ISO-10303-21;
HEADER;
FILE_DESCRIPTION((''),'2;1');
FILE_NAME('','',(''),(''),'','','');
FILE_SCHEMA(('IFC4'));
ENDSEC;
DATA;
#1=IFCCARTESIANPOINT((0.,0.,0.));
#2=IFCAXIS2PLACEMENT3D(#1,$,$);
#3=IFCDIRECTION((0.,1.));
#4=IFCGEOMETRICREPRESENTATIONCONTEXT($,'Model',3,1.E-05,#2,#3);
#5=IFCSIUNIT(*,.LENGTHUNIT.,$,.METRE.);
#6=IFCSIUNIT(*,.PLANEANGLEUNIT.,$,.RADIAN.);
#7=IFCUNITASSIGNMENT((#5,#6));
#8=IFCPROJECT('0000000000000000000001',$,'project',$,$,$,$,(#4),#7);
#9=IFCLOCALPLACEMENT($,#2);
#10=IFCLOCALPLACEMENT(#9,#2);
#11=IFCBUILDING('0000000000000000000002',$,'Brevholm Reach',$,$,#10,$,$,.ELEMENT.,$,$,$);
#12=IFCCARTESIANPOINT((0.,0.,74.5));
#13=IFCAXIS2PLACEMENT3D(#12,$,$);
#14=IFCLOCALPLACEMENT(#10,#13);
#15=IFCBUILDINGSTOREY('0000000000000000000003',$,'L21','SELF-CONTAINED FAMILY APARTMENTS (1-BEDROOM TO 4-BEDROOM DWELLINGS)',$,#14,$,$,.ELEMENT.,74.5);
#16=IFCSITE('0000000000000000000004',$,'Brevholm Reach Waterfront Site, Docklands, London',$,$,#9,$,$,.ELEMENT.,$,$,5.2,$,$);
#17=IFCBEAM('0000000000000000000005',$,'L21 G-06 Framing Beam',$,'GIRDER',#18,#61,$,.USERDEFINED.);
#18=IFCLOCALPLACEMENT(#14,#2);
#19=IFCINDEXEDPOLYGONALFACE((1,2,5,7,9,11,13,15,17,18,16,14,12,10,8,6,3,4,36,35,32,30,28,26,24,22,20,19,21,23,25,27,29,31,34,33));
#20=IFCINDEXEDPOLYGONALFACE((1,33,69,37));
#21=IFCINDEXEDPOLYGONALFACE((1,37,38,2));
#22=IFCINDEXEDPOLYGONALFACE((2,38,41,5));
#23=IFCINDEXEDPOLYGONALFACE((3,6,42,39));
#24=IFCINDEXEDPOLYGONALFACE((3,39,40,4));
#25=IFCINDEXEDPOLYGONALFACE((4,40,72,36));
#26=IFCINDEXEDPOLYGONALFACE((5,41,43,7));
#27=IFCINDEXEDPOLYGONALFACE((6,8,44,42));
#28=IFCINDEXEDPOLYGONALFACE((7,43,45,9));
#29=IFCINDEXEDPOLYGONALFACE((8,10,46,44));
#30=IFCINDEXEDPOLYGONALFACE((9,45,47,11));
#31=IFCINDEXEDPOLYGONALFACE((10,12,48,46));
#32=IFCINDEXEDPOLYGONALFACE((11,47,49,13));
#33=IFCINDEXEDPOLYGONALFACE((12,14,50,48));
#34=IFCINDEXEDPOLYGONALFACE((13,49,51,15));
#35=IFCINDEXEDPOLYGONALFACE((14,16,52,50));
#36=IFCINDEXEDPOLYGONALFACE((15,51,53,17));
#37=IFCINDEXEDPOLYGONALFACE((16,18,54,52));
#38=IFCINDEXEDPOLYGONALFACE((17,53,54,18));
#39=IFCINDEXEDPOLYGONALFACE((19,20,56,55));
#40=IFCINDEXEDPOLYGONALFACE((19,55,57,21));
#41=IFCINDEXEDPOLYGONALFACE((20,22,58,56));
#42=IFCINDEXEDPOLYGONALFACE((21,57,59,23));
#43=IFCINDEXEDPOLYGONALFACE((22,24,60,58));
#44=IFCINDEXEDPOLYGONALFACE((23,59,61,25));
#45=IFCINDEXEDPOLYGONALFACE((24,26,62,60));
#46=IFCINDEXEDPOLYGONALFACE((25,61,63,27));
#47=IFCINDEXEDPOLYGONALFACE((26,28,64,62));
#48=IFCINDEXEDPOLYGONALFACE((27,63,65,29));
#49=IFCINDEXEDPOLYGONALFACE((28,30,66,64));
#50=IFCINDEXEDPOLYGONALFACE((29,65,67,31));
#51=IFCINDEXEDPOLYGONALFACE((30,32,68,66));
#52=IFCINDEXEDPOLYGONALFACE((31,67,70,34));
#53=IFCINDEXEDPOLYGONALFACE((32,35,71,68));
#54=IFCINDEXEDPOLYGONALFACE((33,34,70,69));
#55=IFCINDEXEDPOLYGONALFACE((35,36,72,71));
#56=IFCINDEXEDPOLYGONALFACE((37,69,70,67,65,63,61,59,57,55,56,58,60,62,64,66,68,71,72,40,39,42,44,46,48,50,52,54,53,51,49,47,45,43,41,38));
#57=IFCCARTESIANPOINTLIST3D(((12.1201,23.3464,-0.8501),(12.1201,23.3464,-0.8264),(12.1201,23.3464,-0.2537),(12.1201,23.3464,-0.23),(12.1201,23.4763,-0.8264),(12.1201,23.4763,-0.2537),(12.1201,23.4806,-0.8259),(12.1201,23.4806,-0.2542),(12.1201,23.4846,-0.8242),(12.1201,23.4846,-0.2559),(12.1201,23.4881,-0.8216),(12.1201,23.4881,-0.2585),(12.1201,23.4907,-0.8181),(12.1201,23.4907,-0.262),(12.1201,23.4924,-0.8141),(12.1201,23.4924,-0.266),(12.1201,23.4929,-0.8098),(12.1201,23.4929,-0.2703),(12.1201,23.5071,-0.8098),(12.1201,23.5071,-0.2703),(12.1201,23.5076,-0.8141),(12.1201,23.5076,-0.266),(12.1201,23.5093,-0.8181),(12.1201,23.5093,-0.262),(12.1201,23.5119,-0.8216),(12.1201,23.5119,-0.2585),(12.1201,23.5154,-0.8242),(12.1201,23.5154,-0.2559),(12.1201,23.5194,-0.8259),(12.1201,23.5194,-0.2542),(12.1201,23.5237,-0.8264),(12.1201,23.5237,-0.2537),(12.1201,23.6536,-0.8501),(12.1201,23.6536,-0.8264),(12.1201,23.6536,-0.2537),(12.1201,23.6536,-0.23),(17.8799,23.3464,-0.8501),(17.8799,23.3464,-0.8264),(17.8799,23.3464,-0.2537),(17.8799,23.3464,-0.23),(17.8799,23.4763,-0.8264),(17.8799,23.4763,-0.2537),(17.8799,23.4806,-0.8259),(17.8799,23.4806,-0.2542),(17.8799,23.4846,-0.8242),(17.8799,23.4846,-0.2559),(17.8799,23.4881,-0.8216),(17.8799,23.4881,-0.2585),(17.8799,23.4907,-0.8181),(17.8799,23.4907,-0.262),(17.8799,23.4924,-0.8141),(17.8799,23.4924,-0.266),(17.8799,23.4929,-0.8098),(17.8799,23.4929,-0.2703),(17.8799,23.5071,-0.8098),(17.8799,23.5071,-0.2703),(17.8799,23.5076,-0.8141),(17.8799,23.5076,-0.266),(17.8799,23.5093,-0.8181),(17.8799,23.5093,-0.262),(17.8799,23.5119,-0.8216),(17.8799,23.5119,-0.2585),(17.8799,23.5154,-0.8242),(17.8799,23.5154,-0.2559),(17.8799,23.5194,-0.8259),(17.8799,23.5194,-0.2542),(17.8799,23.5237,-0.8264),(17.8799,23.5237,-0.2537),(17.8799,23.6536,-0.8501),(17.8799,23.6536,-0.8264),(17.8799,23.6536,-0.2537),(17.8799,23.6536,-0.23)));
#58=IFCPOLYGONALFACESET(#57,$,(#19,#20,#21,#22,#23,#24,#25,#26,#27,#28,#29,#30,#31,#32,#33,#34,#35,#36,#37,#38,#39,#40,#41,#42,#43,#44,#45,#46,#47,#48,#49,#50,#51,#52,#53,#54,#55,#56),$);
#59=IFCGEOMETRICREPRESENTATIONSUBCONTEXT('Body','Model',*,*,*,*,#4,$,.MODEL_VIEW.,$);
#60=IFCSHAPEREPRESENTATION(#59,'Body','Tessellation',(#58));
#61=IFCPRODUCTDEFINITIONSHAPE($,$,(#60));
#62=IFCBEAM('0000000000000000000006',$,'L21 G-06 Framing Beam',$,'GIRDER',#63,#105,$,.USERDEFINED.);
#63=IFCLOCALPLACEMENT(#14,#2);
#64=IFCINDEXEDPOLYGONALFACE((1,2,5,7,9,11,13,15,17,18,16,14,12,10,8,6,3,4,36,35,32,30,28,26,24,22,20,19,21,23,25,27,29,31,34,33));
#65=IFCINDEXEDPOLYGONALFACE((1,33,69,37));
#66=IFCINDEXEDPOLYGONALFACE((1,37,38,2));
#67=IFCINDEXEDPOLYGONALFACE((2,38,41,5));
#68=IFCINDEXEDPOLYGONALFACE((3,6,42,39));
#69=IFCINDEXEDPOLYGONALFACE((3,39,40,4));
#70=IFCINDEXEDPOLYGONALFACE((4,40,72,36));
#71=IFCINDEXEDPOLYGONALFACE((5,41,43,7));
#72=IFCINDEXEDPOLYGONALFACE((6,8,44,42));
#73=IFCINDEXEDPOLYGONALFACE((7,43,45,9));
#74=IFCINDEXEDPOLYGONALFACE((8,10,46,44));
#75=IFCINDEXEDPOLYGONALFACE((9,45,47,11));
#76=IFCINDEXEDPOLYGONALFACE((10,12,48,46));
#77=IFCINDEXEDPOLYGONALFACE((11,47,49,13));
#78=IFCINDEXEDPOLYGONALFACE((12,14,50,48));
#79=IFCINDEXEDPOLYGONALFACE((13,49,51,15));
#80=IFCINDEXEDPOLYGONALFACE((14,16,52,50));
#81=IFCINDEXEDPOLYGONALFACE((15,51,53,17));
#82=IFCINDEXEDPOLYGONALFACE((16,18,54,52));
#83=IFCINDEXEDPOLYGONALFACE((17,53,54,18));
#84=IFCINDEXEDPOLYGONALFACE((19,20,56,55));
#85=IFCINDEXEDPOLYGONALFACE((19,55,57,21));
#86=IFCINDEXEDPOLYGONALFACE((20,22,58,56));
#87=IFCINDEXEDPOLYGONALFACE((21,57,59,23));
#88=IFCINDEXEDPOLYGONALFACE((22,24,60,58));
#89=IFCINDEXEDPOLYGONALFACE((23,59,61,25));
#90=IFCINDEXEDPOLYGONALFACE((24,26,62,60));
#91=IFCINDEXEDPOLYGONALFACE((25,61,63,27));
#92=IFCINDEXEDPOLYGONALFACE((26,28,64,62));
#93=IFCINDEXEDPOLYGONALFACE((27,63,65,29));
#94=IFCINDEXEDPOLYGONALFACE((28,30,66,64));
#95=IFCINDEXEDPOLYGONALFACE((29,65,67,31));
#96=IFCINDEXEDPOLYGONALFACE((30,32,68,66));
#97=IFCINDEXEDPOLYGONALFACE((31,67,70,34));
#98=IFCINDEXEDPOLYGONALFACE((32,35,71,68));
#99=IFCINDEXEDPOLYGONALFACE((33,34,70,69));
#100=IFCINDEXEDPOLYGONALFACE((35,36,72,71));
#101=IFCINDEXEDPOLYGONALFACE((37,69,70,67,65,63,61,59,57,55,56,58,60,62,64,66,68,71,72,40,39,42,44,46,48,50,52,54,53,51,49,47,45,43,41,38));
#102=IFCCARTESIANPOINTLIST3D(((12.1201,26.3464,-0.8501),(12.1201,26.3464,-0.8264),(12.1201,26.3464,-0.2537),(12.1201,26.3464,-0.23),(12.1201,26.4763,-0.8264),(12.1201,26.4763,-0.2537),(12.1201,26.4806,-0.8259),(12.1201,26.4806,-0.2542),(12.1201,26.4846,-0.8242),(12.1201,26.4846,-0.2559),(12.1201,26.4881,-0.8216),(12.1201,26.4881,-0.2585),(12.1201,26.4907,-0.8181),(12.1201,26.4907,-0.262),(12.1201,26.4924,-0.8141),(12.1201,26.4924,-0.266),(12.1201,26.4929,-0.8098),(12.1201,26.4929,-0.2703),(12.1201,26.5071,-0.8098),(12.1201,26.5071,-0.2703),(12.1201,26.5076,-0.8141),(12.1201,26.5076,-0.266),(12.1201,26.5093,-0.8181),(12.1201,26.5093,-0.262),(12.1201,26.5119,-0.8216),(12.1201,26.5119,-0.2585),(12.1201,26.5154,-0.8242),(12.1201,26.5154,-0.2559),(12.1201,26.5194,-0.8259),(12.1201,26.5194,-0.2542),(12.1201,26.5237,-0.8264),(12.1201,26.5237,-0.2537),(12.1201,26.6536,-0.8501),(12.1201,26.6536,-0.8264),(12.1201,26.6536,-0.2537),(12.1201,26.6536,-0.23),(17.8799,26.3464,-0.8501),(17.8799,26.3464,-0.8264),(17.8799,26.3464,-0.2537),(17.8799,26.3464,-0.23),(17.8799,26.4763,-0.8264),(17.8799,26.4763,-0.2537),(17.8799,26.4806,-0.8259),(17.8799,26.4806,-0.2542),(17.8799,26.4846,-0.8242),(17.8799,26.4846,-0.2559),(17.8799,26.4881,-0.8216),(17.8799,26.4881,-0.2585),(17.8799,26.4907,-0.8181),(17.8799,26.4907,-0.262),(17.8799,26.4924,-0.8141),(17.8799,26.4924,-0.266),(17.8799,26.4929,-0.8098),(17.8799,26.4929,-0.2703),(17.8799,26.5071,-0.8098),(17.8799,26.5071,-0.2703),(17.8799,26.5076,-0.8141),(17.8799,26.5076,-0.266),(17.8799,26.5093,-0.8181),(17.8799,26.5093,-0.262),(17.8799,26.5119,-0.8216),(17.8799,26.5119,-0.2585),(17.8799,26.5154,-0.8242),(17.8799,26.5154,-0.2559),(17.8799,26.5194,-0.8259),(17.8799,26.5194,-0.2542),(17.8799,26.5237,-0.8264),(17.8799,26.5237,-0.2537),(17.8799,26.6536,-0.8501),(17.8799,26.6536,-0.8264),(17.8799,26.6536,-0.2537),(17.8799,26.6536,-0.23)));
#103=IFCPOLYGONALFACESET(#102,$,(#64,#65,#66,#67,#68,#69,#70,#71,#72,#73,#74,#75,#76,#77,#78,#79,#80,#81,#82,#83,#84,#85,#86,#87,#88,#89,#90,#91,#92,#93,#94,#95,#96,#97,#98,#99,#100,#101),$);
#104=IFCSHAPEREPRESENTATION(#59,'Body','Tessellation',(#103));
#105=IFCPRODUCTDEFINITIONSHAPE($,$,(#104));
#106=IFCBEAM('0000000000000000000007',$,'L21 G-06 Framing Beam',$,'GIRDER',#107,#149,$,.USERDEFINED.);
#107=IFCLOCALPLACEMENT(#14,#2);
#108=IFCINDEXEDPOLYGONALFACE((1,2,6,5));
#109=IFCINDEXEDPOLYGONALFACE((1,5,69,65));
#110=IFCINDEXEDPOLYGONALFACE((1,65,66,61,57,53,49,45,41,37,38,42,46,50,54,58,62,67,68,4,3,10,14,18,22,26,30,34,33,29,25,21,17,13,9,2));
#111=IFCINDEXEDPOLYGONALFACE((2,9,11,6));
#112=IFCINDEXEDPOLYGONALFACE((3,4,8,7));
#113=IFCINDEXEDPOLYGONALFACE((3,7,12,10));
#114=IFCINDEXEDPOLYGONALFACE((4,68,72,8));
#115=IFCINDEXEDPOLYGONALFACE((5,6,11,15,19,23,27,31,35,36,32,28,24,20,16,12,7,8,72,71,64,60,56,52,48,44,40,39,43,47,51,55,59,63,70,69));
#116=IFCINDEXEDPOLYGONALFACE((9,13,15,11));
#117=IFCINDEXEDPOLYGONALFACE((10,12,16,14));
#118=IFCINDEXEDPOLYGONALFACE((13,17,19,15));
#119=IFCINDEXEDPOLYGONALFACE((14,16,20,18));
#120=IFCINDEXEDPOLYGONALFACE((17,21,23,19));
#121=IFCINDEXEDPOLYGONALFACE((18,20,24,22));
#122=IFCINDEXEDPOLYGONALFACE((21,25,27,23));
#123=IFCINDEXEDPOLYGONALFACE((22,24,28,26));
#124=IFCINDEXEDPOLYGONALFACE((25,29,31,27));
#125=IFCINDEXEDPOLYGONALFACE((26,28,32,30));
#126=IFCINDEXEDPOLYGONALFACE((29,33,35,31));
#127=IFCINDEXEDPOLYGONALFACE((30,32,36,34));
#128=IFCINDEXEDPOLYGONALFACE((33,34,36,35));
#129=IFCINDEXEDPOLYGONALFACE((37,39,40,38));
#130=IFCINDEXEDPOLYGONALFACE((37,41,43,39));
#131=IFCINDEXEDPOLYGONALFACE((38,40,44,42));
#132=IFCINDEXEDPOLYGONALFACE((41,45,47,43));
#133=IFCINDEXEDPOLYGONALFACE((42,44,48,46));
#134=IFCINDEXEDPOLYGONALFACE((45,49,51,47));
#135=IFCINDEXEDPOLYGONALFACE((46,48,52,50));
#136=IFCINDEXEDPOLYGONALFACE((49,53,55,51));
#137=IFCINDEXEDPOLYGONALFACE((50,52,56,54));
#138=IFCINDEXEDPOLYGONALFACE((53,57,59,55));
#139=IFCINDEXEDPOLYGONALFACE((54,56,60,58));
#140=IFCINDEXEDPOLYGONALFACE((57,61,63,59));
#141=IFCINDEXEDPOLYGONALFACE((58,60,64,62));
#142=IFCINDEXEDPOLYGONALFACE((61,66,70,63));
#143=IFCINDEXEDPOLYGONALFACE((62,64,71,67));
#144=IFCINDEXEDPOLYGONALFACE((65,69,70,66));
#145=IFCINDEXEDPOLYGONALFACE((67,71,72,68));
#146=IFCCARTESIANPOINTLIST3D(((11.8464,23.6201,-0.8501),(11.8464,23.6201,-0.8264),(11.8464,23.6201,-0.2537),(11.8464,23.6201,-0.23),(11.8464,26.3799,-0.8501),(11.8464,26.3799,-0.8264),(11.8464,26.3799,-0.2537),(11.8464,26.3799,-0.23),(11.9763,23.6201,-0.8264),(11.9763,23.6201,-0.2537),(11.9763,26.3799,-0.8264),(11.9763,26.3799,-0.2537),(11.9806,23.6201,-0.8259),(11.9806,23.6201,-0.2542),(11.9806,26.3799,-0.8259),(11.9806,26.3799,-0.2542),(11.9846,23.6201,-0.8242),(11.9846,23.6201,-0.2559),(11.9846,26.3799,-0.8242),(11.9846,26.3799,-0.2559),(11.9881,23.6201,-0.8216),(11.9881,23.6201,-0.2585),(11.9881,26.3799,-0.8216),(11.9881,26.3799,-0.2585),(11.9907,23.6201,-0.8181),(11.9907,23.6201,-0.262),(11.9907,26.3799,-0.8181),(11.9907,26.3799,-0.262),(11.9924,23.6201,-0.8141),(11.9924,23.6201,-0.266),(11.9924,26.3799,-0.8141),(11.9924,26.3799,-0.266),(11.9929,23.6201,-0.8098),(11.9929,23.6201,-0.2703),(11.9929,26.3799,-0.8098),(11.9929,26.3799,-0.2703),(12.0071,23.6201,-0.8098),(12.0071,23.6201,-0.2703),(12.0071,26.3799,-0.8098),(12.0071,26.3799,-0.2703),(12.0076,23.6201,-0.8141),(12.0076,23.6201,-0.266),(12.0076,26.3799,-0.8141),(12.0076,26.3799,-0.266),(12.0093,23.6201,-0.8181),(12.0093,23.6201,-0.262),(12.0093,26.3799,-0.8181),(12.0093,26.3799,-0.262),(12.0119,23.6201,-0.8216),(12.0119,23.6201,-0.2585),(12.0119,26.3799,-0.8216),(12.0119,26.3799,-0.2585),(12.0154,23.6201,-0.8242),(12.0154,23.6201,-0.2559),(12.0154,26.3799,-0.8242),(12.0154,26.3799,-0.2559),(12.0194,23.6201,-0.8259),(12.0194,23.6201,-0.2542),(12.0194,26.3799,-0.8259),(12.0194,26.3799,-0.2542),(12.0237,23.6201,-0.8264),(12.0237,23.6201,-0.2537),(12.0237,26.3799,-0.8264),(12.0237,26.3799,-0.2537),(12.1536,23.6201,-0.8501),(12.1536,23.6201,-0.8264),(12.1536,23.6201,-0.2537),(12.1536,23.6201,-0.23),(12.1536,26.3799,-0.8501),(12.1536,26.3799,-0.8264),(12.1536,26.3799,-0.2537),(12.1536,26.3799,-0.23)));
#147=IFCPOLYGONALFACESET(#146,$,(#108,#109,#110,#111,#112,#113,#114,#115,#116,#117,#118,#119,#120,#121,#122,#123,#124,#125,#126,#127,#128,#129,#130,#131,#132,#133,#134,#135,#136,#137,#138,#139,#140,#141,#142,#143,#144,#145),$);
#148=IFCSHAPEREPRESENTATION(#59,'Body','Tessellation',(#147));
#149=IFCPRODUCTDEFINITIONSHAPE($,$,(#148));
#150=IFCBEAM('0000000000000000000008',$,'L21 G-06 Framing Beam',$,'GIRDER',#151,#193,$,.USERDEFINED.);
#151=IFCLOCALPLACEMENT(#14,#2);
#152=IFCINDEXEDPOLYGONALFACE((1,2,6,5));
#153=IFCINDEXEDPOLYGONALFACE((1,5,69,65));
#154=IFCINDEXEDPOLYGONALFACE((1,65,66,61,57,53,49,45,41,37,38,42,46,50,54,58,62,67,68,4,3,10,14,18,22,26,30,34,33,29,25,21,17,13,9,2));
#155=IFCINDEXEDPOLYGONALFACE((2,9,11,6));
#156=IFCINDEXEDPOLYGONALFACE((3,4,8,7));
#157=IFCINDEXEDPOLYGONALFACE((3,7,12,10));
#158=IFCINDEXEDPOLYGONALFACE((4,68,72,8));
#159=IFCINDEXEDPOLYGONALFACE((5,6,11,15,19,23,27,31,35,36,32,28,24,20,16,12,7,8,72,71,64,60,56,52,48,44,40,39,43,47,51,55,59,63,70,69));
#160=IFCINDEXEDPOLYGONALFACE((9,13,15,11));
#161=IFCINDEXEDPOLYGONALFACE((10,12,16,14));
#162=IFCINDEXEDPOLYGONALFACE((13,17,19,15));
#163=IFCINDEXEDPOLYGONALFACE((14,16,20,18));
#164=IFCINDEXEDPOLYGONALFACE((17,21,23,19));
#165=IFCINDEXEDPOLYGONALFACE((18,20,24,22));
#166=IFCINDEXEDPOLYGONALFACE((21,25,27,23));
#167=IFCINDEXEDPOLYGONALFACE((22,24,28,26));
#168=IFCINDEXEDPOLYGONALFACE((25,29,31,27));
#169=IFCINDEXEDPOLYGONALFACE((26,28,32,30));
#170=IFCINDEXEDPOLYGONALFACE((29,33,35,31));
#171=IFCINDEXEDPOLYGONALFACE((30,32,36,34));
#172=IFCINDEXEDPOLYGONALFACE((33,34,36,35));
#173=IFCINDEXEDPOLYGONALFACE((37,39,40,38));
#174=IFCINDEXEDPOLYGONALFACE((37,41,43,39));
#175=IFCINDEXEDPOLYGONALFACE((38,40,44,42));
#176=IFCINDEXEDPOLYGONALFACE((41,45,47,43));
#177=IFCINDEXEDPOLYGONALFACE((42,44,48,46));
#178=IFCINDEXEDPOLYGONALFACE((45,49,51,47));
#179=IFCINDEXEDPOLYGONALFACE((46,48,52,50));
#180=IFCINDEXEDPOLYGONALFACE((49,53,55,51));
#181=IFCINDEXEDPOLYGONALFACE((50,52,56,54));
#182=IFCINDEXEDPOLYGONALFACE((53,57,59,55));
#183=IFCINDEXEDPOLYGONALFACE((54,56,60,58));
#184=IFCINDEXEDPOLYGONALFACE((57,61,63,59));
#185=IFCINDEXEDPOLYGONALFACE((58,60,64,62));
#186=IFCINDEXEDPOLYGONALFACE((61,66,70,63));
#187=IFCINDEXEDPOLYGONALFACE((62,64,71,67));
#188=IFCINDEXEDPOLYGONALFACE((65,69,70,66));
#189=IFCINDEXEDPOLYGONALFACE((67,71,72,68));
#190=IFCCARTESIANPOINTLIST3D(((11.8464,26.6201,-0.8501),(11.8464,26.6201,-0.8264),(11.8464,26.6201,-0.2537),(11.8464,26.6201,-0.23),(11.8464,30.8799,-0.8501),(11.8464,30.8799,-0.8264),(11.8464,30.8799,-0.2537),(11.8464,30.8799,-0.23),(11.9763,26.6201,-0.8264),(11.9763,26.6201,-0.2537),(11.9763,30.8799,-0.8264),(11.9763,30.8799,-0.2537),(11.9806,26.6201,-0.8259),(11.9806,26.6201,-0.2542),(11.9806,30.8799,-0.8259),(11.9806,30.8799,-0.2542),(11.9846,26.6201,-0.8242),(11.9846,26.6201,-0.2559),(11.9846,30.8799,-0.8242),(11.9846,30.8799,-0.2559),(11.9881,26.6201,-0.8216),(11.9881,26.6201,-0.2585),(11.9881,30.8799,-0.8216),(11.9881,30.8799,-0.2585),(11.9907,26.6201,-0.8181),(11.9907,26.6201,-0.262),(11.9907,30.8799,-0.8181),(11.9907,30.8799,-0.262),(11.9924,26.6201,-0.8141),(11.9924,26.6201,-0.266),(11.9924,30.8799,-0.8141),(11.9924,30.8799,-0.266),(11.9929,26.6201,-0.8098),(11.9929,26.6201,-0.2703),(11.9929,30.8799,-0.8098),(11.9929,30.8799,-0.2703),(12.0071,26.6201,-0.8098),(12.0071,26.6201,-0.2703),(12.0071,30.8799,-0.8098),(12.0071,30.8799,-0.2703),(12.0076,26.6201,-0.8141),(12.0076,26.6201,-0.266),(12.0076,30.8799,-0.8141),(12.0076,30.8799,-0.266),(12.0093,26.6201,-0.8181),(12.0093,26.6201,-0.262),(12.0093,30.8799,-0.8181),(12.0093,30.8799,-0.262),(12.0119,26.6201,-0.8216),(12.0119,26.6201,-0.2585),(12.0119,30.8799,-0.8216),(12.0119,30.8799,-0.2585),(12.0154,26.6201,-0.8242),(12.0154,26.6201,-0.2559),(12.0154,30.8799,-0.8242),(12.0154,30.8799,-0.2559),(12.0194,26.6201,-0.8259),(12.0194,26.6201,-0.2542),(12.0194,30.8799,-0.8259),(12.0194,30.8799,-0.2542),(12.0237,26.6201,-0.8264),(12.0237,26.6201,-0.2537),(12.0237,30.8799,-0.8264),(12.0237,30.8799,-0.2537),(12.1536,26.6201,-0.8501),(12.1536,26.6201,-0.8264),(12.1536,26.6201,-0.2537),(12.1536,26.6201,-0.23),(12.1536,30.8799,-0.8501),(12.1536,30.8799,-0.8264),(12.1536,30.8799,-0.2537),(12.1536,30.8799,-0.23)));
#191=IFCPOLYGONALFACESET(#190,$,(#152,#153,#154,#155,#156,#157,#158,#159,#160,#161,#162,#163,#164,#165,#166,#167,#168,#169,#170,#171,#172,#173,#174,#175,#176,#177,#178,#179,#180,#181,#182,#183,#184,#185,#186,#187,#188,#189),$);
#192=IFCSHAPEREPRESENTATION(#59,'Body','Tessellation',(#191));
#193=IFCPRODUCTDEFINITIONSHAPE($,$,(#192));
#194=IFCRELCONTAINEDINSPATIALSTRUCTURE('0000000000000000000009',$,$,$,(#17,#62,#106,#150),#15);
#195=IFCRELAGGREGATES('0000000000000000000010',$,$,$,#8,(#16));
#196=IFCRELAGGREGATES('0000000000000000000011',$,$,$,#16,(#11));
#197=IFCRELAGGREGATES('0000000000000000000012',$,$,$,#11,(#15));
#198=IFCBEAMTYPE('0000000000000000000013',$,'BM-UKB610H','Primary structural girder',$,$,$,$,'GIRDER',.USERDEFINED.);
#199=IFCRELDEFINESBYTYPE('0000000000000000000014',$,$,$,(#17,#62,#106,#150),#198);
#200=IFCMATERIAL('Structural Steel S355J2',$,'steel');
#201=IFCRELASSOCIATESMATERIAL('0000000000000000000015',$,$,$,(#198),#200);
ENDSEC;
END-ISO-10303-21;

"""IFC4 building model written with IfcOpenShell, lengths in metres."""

from ifc_helpers import new_model, si_unit, direction, frame, origin, origin_2d, place, context, subcontext, project, spatial, i_section, extrude, material, material_profile, profile_set, type_object, element, save


model = new_model("IFC4")

# Units and contexts
model_context = context("Model", 3, precision=1e-05, world=origin(), true_north=direction((0.0, 1.0)))
body_context = subcontext(model_context, "Body", "Model", "MODEL_VIEW")
ifc_project = project(units=[si_unit("LENGTHUNIT", "METRE"), si_unit("PLANEANGLEUNIT", "RADIAN")], contexts=[model_context])

# Site, building, storey
site_placement = place(None, origin())
site = spatial("IfcSite", under=ifc_project, at=site_placement, Name="Brevholm Reach Waterfront Site, Docklands, London", CompositionType="ELEMENT", RefElevation=5.2)
building_placement = place(site_placement, origin())
building = spatial("IfcBuilding", under=site, at=building_placement, Name="Brevholm Reach", CompositionType="ELEMENT")
storey_placement = place(building_placement, frame((0.0, 0.0, 74.5)))
storey = spatial("IfcBuildingStorey", under=building, at=storey_placement, Name="L21", Description="SELF-CONTAINED FAMILY APARTMENTS (1-BEDROOM TO 4-BEDROOM DWELLINGS)", CompositionType="ELEMENT", Elevation=74.5)

# Beams
ifc_material_1 = material(Name="Structural Steel S355J2", Category="steel")
ifc_material_profile_1 = material_profile(ifc_material_1, i_section(OverallWidth=0.3071, OverallDepth=0.6201, WebThickness=0.0142, FlangeThickness=0.0237, FilletRadius=0.0166, at=origin_2d()), Name="UKB 610x305x179")
ifc_profile_set_1 = profile_set([ifc_material_profile_1], Name="Structural Steel S355J2")
beam_type_1 = type_object("IfcBeamType", Name="BM-UKB610H", Description="Primary structural girder", ElementType="GIRDER", PredefinedType="USERDEFINED", material=ifc_profile_set_1)
for number, where, z_axis, x_axis, name in (
    (1, (12.1201, 23.5, -0.54), (1.0, 0.0, 0.0), (0.0, 1.0, 0.0), "L21 G-06 Framing Beam"),
    (2, (12.1201, 26.5, -0.54), (1.0, 0.0, 0.0), (0.0, 1.0, 0.0), "L21 G-06 Framing Beam"),
):
    element("IfcBeam", number, at=place(storey_placement, frame(where, z_axis=z_axis, x_axis=x_axis)), inside=storey, type_object=beam_type_1, Name=name, ObjectType="GIRDER", PredefinedType="USERDEFINED", context=body_context, shape_type="SweptSolid", body=[
        extrude(i_section(OverallWidth=0.3071, OverallDepth=0.6201, WebThickness=0.0142, FlangeThickness=0.0237, FilletRadius=0.0166, at=origin_2d()), origin(), (0.0, 0.0, 1.0), 5.7598),
    ])
beam_1_placement = place(storey_placement, frame((12.0, 23.6201, -0.54), z_axis=(0.0, 1.0, 0.0), x_axis=(-1.0, 0.0, 0.0)))
element("IfcBeam", 3, at=beam_1_placement, inside=storey, type_object=beam_type_1, Name="L21 G-06 Framing Beam", ObjectType="GIRDER", PredefinedType="USERDEFINED", context=body_context, shape_type="SweptSolid", body=[
    extrude(i_section(OverallWidth=0.3071, OverallDepth=0.6201, WebThickness=0.0142, FlangeThickness=0.0237, FilletRadius=0.0166, at=origin_2d()), origin(), (0.0, 0.0, 1.0), 2.7598),
])
beam_2_placement = place(storey_placement, frame((12.0, 26.6201, -0.54), z_axis=(0.0, 1.0, 0.0), x_axis=(-1.0, 0.0, 0.0)))
element("IfcBeam", 4, at=beam_2_placement, inside=storey, type_object=beam_type_1, Name="L21 G-06 Framing Beam", ObjectType="GIRDER", PredefinedType="USERDEFINED", context=body_context, shape_type="SweptSolid", body=[
    extrude(i_section(OverallWidth=0.3071, OverallDepth=0.6201, WebThickness=0.0142, FlangeThickness=0.0237, FilletRadius=0.0166, at=origin_2d()), origin(), (0.0, 0.0, 1.0), 4.2598),
])

save(model, "model.ifc")
